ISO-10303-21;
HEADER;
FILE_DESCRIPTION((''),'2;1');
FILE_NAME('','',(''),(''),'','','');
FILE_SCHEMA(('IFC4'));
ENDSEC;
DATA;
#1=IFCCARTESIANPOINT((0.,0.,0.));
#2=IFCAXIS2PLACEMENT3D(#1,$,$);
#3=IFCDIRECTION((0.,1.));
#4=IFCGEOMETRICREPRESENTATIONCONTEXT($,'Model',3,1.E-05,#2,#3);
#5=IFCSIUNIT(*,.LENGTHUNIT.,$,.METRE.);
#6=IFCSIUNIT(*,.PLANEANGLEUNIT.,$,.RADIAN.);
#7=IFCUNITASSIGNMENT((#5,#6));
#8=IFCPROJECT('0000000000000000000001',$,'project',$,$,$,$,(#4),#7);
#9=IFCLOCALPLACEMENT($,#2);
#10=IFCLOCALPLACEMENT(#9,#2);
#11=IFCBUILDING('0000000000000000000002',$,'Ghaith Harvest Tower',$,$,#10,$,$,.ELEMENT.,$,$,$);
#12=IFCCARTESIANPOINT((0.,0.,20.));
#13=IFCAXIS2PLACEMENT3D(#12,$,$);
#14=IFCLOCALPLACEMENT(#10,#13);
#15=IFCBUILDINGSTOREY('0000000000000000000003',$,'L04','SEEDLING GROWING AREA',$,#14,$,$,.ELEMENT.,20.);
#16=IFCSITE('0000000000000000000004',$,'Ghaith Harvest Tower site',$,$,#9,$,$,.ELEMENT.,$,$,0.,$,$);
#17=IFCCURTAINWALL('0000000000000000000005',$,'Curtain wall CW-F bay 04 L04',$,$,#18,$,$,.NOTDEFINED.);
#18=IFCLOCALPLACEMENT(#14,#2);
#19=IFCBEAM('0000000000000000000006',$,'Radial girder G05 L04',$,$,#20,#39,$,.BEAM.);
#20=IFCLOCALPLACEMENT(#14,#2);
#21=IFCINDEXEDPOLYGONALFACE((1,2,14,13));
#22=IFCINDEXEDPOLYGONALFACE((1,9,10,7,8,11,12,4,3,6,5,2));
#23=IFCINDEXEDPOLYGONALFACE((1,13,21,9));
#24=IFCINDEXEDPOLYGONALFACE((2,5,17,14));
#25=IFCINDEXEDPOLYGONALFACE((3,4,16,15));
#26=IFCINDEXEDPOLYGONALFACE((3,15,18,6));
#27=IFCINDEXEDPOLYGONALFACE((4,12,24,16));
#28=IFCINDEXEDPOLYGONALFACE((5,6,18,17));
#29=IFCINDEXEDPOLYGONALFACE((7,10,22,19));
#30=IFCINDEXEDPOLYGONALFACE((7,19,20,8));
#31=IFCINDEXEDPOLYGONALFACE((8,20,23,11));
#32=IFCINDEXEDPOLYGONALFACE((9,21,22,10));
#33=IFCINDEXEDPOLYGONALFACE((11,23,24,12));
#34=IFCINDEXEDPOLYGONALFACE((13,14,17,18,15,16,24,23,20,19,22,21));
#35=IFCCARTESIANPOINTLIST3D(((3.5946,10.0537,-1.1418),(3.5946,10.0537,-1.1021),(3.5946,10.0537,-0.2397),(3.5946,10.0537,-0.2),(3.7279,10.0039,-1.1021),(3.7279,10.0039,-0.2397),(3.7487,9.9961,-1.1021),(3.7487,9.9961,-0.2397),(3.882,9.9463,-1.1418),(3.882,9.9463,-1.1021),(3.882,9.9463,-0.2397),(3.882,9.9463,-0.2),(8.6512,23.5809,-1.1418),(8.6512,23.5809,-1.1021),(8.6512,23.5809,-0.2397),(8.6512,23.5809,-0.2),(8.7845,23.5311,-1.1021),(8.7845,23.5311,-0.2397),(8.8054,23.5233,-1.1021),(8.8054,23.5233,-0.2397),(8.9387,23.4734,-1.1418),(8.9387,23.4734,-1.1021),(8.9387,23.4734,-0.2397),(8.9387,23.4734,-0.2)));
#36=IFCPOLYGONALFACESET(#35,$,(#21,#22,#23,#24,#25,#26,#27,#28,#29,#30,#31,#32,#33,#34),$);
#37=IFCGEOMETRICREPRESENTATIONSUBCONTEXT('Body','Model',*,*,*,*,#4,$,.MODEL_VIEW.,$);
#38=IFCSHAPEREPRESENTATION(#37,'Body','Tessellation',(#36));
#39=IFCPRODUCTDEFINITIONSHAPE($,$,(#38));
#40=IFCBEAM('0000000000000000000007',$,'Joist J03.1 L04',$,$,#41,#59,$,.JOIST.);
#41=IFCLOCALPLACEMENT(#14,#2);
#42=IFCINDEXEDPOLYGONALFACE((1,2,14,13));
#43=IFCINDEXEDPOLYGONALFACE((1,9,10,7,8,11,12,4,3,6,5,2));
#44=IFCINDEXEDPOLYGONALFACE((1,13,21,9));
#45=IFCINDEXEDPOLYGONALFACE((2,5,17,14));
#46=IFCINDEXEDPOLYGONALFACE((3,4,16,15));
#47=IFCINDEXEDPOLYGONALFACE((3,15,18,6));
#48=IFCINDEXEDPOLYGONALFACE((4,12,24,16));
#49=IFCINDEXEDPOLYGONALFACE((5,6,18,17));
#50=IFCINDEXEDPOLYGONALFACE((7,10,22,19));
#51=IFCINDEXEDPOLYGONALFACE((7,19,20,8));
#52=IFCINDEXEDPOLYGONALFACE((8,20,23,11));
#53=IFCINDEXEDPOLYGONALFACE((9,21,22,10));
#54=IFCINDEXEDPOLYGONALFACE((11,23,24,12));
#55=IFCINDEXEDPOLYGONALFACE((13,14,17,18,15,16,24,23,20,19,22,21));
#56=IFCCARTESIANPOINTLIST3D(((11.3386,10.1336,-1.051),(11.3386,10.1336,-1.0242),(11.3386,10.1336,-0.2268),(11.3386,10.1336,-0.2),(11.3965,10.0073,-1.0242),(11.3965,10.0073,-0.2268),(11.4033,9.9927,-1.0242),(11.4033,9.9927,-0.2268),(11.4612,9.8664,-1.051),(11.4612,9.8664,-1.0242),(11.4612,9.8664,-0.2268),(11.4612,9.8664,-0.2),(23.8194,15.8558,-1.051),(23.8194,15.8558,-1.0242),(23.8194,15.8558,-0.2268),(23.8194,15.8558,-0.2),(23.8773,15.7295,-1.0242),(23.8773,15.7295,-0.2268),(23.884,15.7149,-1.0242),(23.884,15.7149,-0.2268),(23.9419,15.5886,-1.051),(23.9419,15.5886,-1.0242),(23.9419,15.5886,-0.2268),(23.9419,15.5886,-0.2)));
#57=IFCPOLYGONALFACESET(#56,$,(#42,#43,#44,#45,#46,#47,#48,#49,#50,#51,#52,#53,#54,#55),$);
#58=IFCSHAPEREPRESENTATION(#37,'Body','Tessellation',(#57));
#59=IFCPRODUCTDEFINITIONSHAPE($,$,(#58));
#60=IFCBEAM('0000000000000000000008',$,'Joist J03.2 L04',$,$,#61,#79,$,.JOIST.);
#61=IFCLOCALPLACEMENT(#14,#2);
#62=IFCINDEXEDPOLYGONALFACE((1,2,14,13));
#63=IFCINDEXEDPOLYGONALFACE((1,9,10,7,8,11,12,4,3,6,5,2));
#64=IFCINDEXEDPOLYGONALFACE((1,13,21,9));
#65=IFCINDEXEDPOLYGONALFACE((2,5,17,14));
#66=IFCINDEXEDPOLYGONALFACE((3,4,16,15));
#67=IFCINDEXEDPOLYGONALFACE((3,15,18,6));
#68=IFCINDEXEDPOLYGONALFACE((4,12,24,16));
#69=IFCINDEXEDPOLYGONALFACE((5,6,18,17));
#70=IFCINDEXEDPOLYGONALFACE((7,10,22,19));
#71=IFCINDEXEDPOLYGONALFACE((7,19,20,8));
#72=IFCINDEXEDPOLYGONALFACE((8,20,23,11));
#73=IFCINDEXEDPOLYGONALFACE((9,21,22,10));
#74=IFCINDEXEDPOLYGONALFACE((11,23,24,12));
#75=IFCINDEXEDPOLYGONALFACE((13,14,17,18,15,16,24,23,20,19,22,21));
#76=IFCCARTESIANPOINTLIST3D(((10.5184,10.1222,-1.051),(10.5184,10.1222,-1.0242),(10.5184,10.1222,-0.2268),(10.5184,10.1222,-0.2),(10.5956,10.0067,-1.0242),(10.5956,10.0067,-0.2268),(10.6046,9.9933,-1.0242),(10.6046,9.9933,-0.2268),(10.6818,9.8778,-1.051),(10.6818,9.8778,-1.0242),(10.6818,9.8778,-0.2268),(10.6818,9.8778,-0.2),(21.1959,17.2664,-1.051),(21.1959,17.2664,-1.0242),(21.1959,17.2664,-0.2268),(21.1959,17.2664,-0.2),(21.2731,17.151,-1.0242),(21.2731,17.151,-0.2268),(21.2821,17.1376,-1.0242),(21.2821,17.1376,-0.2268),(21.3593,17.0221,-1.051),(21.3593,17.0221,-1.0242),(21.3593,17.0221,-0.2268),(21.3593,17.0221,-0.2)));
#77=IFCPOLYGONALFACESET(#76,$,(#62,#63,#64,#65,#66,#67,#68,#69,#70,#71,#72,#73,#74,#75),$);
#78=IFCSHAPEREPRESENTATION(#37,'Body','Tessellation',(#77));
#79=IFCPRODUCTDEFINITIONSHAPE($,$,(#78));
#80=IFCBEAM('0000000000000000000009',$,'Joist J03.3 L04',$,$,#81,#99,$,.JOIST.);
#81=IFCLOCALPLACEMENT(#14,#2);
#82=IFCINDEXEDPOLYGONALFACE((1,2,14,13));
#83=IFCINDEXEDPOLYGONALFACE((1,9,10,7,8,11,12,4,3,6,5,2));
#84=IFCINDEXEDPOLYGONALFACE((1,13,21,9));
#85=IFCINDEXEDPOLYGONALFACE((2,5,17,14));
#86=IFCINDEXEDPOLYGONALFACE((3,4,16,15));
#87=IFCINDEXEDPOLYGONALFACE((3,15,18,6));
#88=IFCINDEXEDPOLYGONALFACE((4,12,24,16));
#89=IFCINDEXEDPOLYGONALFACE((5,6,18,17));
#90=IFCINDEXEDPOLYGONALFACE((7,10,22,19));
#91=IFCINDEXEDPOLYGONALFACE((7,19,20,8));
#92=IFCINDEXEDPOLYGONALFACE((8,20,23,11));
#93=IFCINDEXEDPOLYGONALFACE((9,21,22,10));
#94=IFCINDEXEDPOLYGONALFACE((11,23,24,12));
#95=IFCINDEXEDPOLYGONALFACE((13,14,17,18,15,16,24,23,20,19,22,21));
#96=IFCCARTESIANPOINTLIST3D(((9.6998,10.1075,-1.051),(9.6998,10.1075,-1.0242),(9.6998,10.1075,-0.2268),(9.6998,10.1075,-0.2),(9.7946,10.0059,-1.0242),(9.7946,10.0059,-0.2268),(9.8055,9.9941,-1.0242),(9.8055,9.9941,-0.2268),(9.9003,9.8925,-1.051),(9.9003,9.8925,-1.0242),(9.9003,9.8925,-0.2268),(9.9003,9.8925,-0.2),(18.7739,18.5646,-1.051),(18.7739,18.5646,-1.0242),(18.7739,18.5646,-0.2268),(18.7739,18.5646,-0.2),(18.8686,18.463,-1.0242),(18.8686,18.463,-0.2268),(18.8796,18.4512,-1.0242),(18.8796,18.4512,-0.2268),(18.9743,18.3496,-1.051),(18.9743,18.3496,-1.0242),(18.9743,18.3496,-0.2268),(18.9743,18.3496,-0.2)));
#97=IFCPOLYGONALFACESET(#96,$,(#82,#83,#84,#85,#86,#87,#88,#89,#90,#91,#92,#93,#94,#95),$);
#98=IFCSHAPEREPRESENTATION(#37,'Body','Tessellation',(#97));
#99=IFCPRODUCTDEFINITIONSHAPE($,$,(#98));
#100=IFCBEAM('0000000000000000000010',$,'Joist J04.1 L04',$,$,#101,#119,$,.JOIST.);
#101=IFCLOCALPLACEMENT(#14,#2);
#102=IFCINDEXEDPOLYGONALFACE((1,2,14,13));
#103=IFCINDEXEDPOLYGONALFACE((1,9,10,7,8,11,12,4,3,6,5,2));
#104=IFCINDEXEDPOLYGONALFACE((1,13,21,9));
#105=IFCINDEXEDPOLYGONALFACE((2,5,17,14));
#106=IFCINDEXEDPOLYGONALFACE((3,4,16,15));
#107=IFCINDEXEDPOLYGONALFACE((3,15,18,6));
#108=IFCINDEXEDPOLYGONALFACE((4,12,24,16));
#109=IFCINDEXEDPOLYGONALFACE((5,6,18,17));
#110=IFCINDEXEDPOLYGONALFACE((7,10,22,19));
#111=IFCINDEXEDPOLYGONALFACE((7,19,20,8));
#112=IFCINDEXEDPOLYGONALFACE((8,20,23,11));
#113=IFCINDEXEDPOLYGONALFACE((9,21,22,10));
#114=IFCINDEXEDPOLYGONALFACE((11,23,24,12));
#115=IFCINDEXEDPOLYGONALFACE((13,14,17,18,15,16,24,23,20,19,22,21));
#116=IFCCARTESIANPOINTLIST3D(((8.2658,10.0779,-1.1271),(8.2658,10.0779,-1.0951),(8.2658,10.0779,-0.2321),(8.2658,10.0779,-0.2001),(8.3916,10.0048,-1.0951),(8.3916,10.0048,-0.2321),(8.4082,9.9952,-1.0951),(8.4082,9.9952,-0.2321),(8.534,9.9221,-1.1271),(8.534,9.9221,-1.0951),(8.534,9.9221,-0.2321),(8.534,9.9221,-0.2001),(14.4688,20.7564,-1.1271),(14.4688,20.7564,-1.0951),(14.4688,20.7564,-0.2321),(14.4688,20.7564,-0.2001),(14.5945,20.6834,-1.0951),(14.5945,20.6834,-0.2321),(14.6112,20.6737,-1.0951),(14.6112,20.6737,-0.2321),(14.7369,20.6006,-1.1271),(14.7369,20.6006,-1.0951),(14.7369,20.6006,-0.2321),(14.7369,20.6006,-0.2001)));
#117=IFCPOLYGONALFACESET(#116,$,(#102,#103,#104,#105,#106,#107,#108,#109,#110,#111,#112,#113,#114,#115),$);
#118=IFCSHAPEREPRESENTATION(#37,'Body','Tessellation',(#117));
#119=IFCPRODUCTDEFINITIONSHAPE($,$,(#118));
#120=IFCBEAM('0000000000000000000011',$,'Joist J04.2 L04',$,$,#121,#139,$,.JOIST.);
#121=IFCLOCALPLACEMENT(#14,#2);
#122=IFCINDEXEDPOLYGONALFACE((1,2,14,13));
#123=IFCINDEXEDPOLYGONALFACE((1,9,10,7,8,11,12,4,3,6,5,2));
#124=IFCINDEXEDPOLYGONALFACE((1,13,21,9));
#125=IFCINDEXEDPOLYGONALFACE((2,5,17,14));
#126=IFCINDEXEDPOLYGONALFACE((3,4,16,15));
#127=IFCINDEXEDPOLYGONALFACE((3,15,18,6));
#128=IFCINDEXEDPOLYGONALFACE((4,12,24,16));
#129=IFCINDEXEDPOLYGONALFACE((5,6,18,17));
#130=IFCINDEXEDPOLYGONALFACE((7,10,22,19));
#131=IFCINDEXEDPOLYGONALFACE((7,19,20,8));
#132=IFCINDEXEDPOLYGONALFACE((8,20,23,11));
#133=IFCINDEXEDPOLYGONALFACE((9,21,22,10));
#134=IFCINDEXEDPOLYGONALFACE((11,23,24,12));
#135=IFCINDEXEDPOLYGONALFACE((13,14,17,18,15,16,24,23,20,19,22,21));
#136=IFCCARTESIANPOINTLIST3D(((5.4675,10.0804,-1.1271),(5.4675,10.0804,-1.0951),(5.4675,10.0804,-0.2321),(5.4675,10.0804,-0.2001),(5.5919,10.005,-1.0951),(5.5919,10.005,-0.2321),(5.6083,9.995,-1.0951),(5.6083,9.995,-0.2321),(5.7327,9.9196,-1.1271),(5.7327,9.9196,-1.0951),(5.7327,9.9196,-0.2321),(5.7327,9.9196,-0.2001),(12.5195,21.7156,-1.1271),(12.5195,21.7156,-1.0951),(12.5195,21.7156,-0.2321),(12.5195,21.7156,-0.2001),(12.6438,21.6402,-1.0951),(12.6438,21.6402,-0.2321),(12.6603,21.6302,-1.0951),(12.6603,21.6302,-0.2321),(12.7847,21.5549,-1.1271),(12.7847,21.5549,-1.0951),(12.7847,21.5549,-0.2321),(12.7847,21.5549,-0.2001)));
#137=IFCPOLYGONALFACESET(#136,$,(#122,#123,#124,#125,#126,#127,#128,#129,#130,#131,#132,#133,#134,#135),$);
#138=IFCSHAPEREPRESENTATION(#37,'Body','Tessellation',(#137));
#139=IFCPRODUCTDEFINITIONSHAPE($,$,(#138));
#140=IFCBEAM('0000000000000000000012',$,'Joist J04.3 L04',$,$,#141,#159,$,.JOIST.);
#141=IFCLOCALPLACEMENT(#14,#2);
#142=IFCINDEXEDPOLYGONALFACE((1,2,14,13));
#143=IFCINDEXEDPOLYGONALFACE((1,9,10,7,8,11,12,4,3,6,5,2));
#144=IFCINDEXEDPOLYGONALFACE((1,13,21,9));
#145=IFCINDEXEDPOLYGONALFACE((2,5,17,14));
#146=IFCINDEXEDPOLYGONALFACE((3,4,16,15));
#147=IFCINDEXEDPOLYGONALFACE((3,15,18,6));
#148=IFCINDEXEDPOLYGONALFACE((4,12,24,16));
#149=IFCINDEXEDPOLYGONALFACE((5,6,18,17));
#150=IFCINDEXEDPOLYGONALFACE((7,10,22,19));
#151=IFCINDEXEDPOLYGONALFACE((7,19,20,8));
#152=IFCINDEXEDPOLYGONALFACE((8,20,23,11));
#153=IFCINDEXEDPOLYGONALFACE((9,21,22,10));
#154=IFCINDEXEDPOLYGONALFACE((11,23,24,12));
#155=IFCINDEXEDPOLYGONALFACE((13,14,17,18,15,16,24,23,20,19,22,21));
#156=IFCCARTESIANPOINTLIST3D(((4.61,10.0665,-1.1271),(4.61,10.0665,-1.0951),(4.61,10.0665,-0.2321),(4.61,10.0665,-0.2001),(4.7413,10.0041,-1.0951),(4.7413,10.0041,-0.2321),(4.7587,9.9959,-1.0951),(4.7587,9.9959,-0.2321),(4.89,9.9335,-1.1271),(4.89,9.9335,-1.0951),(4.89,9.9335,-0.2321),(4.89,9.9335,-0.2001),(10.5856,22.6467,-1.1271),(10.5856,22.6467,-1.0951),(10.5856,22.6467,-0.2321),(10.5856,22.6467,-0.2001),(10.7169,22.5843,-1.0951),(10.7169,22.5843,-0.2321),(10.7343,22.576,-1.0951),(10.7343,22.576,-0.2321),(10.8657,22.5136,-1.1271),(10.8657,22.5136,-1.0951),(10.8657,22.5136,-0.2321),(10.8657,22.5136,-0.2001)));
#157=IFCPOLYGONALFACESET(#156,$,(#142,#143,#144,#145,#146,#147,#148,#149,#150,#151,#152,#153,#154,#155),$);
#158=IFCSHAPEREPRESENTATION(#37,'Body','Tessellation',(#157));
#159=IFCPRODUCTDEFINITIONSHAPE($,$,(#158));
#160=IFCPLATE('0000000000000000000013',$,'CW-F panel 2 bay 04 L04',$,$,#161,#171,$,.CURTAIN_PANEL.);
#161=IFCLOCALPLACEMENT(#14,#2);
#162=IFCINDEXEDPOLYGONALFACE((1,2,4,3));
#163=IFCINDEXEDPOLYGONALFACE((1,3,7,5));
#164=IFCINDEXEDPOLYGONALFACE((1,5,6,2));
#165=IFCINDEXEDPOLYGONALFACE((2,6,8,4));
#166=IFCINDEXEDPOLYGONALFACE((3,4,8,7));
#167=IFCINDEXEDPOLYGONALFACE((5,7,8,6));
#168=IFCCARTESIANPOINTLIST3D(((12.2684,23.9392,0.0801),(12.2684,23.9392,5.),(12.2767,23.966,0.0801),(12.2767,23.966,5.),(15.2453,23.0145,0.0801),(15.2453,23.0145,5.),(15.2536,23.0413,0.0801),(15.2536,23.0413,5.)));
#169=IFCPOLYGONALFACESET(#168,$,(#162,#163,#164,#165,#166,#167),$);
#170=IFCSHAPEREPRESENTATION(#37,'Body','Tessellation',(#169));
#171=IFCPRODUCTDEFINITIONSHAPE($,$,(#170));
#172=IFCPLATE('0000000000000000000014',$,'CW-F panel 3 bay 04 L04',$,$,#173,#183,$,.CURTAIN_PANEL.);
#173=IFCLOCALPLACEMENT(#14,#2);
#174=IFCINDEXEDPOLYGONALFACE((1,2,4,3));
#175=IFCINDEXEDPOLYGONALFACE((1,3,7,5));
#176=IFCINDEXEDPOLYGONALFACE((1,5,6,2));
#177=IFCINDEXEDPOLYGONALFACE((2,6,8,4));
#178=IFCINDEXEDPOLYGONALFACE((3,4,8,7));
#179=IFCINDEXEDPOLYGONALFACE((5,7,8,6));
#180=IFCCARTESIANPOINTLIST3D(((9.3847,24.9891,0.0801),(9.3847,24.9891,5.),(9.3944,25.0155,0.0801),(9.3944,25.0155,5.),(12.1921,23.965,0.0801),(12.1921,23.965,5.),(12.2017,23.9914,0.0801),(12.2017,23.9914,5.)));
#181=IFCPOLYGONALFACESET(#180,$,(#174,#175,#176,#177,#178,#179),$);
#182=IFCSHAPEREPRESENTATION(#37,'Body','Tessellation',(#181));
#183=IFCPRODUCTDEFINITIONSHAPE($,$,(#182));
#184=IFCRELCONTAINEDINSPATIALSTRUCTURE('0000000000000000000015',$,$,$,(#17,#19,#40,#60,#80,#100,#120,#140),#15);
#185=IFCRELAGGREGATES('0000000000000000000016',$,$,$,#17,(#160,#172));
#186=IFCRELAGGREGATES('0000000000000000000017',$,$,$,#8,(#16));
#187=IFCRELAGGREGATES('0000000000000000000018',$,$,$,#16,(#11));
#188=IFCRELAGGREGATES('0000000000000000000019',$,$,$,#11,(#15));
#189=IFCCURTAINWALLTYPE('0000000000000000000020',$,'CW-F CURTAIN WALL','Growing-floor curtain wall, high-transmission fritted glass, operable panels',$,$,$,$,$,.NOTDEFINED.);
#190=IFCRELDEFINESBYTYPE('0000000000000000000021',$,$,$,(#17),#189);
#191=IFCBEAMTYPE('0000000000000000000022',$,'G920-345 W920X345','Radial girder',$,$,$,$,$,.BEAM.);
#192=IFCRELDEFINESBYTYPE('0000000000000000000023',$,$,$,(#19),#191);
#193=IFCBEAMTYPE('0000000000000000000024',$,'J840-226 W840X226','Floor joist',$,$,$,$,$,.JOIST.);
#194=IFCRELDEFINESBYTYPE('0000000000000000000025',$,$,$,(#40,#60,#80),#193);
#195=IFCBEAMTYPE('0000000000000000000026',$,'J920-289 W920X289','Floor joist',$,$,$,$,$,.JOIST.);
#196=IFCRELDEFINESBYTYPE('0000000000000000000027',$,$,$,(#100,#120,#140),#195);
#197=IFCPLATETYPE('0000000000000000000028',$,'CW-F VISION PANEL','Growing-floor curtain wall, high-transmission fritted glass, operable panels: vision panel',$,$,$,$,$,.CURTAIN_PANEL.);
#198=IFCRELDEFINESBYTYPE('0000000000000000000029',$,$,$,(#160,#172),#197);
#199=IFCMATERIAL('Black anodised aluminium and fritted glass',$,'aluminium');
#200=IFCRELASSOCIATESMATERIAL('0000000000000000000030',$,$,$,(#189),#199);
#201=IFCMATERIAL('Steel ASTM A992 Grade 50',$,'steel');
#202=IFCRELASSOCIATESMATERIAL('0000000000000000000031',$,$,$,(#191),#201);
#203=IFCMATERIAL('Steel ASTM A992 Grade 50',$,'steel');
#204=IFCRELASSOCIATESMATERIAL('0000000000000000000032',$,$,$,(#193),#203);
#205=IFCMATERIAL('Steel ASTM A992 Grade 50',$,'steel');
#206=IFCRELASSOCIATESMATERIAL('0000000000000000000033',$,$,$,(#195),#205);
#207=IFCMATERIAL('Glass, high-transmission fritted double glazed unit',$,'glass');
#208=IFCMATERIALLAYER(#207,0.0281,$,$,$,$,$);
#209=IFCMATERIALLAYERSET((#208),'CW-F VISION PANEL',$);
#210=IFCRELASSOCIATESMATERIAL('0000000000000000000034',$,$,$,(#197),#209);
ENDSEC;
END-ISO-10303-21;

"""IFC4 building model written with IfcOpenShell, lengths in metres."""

from ifc_helpers import new_model, si_unit, direction, frame, origin, origin_2d, place, context, subcontext, project, spatial, rectangle, i_section, extrude, material, layer, layer_set, material_profile, profile_set, type_object, element, aggregate, save


model = new_model("IFC4")

# Units and contexts
model_context = context("Model", 3, precision=1e-05, world=origin(), true_north=direction((0.0, 1.0)))
body_context = subcontext(model_context, "Body", "Model", "MODEL_VIEW")
ifc_project = project(units=[si_unit("LENGTHUNIT", "METRE"), si_unit("PLANEANGLEUNIT", "RADIAN")], contexts=[model_context])

# Site, building, storey
site_placement = place(None, origin())
site = spatial("IfcSite", under=ifc_project, at=site_placement, Name="Ghaith Harvest Tower site", CompositionType="ELEMENT", RefElevation=0.0)
building_placement = place(site_placement, origin())
building = spatial("IfcBuilding", under=site, at=building_placement, Name="Ghaith Harvest Tower", CompositionType="ELEMENT")
storey_placement = place(building_placement, frame((0.0, 0.0, 20.0)))
storey = spatial("IfcBuildingStorey", under=building, at=storey_placement, Name="L04", Description="SEEDLING GROWING AREA", CompositionType="ELEMENT", Elevation=20.0)

# Curtain wall
ifc_material_1 = material(Name="Black anodised aluminium and fritted glass", Category="aluminium")
curtain_wall_type = type_object("IfcCurtainWallType", Name="CW-F CURTAIN WALL", Description="Growing-floor curtain wall, high-transmission fritted glass, operable panels", PredefinedType="NOTDEFINED", material=ifc_material_1)
curtain_wall_1_placement = place(storey_placement, origin())
curtain_wall_1 = element("IfcCurtainWall", 1, at=curtain_wall_1_placement, inside=storey, type_object=curtain_wall_type, Name="Curtain wall CW-F bay 04 L04", PredefinedType="NOTDEFINED")

# Beams
ifc_material_2 = material(Name="Steel ASTM A992 Grade 50", Category="steel")
ifc_material_profile_1 = material_profile(ifc_material_2, i_section(OverallWidth=0.3069, OverallDepth=0.9419, WebThickness=0.0222, FlangeThickness=0.0398, at=origin_2d()), Name="W920X345")
ifc_profile_set_1 = profile_set([ifc_material_profile_1], Name="Steel ASTM A992 Grade 50")
beam_type_1 = type_object("IfcBeamType", Name="G920-345 W920X345", Description="Radial girder", PredefinedType="BEAM", material=ifc_profile_set_1)
beam_1_placement = place(storey_placement, frame((3.7383, 10.0, -0.6709), z_axis=(0.350151, 0.936693, 0.0), x_axis=(-0.936693, 0.350151, 0.0)))
element("IfcBeam", 2, at=beam_1_placement, inside=storey, type_object=beam_type_1, Name="Radial girder G05 L04", PredefinedType="BEAM", context=body_context, shape_type="SweptSolid", body=[
    extrude(i_section(OverallWidth=0.3069, OverallDepth=0.9419, WebThickness=0.0222, FlangeThickness=0.0398, at=origin_2d()), origin(), (0.0, 0.0, 1.0), 14.4414),
])
ifc_material_3 = material(Name="Steel ASTM A992 Grade 50", Category="steel")
ifc_material_profile_2 = material_profile(ifc_material_3, i_section(OverallWidth=0.2939, OverallDepth=0.8511, WebThickness=0.0161, FlangeThickness=0.0269, at=origin_2d()), Name="W840X226")
ifc_profile_set_2 = profile_set([ifc_material_profile_2], Name="Steel ASTM A992 Grade 50")
beam_type_2 = type_object("IfcBeamType", Name="J840-226 W840X226", Description="Floor joist", PredefinedType="JOIST", material=ifc_profile_set_2)
beam_2_placement = place(storey_placement, frame((11.3999, 10.0, -0.6255), z_axis=(0.909014, 0.416766, 0.0), x_axis=(-0.416766, 0.909014, 0.0)))
element("IfcBeam", 3, at=beam_2_placement, inside=storey, type_object=beam_type_2, Name="Joist J03.1 L04", PredefinedType="JOIST", context=body_context, shape_type="SweptSolid", body=[
    extrude(i_section(OverallWidth=0.2939, OverallDepth=0.8511, WebThickness=0.0161, FlangeThickness=0.0269, at=origin_2d()), origin(), (0.0, 0.0, 1.0), 13.73),
])
beam_3_placement = place(storey_placement, frame((10.6001, 10.0, -0.6255), z_axis=(0.831116, 0.556098, 0.0), x_axis=(-0.556098, 0.831116, 0.0)))
element("IfcBeam", 4, at=beam_3_placement, inside=storey, type_object=beam_type_2, Name="Joist J03.2 L04", PredefinedType="JOIST", context=body_context, shape_type="SweptSolid", body=[
    extrude(i_section(OverallWidth=0.2939, OverallDepth=0.8511, WebThickness=0.0161, FlangeThickness=0.0269, at=origin_2d()), origin(), (0.0, 0.0, 1.0), 12.8472),
])
beam_4_placement = place(storey_placement, frame((9.8, 10.0, -0.6255), z_axis=(0.731538, 0.681801, 0.0), x_axis=(-0.681801, 0.731538, 0.0)))
element("IfcBeam", 5, at=beam_4_placement, inside=storey, type_object=beam_type_2, Name="Joist J03.3 L04", PredefinedType="JOIST", context=body_context, shape_type="SweptSolid", body=[
    extrude(i_section(OverallWidth=0.2939, OverallDepth=0.8511, WebThickness=0.0161, FlangeThickness=0.0269, at=origin_2d()), origin(), (0.0, 0.0, 1.0), 12.4041),
])
ifc_material_4 = material(Name="Steel ASTM A992 Grade 50", Category="steel")
ifc_material_profile_3 = material_profile(ifc_material_4, i_section(OverallWidth=0.3101, OverallDepth=0.927, WebThickness=0.0193, FlangeThickness=0.032, at=origin_2d()), Name="W920X289")
ifc_profile_set_3 = profile_set([ifc_material_profile_3], Name="Steel ASTM A992 Grade 50")
beam_type_3 = type_object("IfcBeamType", Name="J920-289 W920X289", Description="Floor joist", PredefinedType="JOIST", material=ifc_profile_set_3)
beam_5_placement = place(storey_placement, frame((8.3999, 10.0, -0.6636), z_axis=(0.502286, 0.864702, 0.0), x_axis=(-0.864702, 0.502286, 0.0)))
element("IfcBeam", 6, at=beam_5_placement, inside=storey, type_object=beam_type_3, Name="Joist J04.1 L04", PredefinedType="JOIST", context=body_context, shape_type="SweptSolid", body=[
    extrude(i_section(OverallWidth=0.3101, OverallDepth=0.927, WebThickness=0.0193, FlangeThickness=0.032, at=origin_2d()), origin(), (0.0, 0.0, 1.0), 12.3494),
])
beam_6_placement = place(storey_placement, frame((5.6001, 10.0, -0.6636), z_axis=(0.51832, 0.855187, 0.0), x_axis=(-0.855187, 0.51832, 0.0)))
element("IfcBeam", 7, at=beam_6_placement, inside=storey, type_object=beam_type_3, Name="Joist J04.2 L04", PredefinedType="JOIST", context=body_context, shape_type="SweptSolid", body=[
    extrude(i_section(OverallWidth=0.3101, OverallDepth=0.927, WebThickness=0.0193, FlangeThickness=0.032, at=origin_2d()), origin(), (0.0, 0.0, 1.0), 13.6055),
])
beam_7_placement = place(storey_placement, frame((4.75, 10.0, -0.6636), z_axis=(0.42906, 0.903276, 0.0), x_axis=(-0.903276, 0.42906, 0.0)))
element("IfcBeam", 8, at=beam_7_placement, inside=storey, type_object=beam_type_3, Name="Joist J04.3 L04", PredefinedType="JOIST", context=body_context, shape_type="SweptSolid", body=[
    extrude(i_section(OverallWidth=0.3101, OverallDepth=0.927, WebThickness=0.0193, FlangeThickness=0.032, at=origin_2d()), origin(), (0.0, 0.0, 1.0), 13.9272),
])

# Plates
ifc_material_5 = material(Name="Glass, high-transmission fritted double glazed unit", Category="glass")
ifc_layer_1 = layer(ifc_material_5, 0.0281)
ifc_layer_set_1 = layer_set([ifc_layer_1], Name="CW-F VISION PANEL")
plate_type = type_object("IfcPlateType", Name="CW-F VISION PANEL", Description="Growing-floor curtain wall, high-transmission fritted glass, operable panels: vision panel", PredefinedType="CURTAIN_PANEL", material=ifc_layer_set_1)
plate_1_placement = place(storey_placement, frame((13.761, 23.4902, 0.0801), z_axis=(0.0, 0.0, 1.0), x_axis=(-0.954988, 0.296644, 0.0)))
plate_1 = element("IfcPlate", 9, at=plate_1_placement, type_object=plate_type, Name="CW-F panel 2 bay 04 L04", PredefinedType="CURTAIN_PANEL", context=body_context, shape_type="SweptSolid", body=[
    extrude(rectangle(XDim=3.1172, YDim=0.0281, at=origin_2d()), origin(), (0.0, 0.0, 1.0), 4.9199),
])
plate_2_placement = place(storey_placement, frame((10.7932, 24.4902, 0.0801), z_axis=(0.0, 0.0, 1.0), x_axis=(-0.939438, 0.342718, 0.0)))
plate_2 = element("IfcPlate", 10, at=plate_2_placement, type_object=plate_type, Name="CW-F panel 3 bay 04 L04", PredefinedType="CURTAIN_PANEL", context=body_context, shape_type="SweptSolid", body=[
    extrude(rectangle(XDim=2.9883, YDim=0.0281, at=origin_2d()), origin(), (0.0, 0.0, 1.0), 4.9199),
])
aggregate(curtain_wall_1, [plate_1, plate_2])

save(model, "model.ifc")
